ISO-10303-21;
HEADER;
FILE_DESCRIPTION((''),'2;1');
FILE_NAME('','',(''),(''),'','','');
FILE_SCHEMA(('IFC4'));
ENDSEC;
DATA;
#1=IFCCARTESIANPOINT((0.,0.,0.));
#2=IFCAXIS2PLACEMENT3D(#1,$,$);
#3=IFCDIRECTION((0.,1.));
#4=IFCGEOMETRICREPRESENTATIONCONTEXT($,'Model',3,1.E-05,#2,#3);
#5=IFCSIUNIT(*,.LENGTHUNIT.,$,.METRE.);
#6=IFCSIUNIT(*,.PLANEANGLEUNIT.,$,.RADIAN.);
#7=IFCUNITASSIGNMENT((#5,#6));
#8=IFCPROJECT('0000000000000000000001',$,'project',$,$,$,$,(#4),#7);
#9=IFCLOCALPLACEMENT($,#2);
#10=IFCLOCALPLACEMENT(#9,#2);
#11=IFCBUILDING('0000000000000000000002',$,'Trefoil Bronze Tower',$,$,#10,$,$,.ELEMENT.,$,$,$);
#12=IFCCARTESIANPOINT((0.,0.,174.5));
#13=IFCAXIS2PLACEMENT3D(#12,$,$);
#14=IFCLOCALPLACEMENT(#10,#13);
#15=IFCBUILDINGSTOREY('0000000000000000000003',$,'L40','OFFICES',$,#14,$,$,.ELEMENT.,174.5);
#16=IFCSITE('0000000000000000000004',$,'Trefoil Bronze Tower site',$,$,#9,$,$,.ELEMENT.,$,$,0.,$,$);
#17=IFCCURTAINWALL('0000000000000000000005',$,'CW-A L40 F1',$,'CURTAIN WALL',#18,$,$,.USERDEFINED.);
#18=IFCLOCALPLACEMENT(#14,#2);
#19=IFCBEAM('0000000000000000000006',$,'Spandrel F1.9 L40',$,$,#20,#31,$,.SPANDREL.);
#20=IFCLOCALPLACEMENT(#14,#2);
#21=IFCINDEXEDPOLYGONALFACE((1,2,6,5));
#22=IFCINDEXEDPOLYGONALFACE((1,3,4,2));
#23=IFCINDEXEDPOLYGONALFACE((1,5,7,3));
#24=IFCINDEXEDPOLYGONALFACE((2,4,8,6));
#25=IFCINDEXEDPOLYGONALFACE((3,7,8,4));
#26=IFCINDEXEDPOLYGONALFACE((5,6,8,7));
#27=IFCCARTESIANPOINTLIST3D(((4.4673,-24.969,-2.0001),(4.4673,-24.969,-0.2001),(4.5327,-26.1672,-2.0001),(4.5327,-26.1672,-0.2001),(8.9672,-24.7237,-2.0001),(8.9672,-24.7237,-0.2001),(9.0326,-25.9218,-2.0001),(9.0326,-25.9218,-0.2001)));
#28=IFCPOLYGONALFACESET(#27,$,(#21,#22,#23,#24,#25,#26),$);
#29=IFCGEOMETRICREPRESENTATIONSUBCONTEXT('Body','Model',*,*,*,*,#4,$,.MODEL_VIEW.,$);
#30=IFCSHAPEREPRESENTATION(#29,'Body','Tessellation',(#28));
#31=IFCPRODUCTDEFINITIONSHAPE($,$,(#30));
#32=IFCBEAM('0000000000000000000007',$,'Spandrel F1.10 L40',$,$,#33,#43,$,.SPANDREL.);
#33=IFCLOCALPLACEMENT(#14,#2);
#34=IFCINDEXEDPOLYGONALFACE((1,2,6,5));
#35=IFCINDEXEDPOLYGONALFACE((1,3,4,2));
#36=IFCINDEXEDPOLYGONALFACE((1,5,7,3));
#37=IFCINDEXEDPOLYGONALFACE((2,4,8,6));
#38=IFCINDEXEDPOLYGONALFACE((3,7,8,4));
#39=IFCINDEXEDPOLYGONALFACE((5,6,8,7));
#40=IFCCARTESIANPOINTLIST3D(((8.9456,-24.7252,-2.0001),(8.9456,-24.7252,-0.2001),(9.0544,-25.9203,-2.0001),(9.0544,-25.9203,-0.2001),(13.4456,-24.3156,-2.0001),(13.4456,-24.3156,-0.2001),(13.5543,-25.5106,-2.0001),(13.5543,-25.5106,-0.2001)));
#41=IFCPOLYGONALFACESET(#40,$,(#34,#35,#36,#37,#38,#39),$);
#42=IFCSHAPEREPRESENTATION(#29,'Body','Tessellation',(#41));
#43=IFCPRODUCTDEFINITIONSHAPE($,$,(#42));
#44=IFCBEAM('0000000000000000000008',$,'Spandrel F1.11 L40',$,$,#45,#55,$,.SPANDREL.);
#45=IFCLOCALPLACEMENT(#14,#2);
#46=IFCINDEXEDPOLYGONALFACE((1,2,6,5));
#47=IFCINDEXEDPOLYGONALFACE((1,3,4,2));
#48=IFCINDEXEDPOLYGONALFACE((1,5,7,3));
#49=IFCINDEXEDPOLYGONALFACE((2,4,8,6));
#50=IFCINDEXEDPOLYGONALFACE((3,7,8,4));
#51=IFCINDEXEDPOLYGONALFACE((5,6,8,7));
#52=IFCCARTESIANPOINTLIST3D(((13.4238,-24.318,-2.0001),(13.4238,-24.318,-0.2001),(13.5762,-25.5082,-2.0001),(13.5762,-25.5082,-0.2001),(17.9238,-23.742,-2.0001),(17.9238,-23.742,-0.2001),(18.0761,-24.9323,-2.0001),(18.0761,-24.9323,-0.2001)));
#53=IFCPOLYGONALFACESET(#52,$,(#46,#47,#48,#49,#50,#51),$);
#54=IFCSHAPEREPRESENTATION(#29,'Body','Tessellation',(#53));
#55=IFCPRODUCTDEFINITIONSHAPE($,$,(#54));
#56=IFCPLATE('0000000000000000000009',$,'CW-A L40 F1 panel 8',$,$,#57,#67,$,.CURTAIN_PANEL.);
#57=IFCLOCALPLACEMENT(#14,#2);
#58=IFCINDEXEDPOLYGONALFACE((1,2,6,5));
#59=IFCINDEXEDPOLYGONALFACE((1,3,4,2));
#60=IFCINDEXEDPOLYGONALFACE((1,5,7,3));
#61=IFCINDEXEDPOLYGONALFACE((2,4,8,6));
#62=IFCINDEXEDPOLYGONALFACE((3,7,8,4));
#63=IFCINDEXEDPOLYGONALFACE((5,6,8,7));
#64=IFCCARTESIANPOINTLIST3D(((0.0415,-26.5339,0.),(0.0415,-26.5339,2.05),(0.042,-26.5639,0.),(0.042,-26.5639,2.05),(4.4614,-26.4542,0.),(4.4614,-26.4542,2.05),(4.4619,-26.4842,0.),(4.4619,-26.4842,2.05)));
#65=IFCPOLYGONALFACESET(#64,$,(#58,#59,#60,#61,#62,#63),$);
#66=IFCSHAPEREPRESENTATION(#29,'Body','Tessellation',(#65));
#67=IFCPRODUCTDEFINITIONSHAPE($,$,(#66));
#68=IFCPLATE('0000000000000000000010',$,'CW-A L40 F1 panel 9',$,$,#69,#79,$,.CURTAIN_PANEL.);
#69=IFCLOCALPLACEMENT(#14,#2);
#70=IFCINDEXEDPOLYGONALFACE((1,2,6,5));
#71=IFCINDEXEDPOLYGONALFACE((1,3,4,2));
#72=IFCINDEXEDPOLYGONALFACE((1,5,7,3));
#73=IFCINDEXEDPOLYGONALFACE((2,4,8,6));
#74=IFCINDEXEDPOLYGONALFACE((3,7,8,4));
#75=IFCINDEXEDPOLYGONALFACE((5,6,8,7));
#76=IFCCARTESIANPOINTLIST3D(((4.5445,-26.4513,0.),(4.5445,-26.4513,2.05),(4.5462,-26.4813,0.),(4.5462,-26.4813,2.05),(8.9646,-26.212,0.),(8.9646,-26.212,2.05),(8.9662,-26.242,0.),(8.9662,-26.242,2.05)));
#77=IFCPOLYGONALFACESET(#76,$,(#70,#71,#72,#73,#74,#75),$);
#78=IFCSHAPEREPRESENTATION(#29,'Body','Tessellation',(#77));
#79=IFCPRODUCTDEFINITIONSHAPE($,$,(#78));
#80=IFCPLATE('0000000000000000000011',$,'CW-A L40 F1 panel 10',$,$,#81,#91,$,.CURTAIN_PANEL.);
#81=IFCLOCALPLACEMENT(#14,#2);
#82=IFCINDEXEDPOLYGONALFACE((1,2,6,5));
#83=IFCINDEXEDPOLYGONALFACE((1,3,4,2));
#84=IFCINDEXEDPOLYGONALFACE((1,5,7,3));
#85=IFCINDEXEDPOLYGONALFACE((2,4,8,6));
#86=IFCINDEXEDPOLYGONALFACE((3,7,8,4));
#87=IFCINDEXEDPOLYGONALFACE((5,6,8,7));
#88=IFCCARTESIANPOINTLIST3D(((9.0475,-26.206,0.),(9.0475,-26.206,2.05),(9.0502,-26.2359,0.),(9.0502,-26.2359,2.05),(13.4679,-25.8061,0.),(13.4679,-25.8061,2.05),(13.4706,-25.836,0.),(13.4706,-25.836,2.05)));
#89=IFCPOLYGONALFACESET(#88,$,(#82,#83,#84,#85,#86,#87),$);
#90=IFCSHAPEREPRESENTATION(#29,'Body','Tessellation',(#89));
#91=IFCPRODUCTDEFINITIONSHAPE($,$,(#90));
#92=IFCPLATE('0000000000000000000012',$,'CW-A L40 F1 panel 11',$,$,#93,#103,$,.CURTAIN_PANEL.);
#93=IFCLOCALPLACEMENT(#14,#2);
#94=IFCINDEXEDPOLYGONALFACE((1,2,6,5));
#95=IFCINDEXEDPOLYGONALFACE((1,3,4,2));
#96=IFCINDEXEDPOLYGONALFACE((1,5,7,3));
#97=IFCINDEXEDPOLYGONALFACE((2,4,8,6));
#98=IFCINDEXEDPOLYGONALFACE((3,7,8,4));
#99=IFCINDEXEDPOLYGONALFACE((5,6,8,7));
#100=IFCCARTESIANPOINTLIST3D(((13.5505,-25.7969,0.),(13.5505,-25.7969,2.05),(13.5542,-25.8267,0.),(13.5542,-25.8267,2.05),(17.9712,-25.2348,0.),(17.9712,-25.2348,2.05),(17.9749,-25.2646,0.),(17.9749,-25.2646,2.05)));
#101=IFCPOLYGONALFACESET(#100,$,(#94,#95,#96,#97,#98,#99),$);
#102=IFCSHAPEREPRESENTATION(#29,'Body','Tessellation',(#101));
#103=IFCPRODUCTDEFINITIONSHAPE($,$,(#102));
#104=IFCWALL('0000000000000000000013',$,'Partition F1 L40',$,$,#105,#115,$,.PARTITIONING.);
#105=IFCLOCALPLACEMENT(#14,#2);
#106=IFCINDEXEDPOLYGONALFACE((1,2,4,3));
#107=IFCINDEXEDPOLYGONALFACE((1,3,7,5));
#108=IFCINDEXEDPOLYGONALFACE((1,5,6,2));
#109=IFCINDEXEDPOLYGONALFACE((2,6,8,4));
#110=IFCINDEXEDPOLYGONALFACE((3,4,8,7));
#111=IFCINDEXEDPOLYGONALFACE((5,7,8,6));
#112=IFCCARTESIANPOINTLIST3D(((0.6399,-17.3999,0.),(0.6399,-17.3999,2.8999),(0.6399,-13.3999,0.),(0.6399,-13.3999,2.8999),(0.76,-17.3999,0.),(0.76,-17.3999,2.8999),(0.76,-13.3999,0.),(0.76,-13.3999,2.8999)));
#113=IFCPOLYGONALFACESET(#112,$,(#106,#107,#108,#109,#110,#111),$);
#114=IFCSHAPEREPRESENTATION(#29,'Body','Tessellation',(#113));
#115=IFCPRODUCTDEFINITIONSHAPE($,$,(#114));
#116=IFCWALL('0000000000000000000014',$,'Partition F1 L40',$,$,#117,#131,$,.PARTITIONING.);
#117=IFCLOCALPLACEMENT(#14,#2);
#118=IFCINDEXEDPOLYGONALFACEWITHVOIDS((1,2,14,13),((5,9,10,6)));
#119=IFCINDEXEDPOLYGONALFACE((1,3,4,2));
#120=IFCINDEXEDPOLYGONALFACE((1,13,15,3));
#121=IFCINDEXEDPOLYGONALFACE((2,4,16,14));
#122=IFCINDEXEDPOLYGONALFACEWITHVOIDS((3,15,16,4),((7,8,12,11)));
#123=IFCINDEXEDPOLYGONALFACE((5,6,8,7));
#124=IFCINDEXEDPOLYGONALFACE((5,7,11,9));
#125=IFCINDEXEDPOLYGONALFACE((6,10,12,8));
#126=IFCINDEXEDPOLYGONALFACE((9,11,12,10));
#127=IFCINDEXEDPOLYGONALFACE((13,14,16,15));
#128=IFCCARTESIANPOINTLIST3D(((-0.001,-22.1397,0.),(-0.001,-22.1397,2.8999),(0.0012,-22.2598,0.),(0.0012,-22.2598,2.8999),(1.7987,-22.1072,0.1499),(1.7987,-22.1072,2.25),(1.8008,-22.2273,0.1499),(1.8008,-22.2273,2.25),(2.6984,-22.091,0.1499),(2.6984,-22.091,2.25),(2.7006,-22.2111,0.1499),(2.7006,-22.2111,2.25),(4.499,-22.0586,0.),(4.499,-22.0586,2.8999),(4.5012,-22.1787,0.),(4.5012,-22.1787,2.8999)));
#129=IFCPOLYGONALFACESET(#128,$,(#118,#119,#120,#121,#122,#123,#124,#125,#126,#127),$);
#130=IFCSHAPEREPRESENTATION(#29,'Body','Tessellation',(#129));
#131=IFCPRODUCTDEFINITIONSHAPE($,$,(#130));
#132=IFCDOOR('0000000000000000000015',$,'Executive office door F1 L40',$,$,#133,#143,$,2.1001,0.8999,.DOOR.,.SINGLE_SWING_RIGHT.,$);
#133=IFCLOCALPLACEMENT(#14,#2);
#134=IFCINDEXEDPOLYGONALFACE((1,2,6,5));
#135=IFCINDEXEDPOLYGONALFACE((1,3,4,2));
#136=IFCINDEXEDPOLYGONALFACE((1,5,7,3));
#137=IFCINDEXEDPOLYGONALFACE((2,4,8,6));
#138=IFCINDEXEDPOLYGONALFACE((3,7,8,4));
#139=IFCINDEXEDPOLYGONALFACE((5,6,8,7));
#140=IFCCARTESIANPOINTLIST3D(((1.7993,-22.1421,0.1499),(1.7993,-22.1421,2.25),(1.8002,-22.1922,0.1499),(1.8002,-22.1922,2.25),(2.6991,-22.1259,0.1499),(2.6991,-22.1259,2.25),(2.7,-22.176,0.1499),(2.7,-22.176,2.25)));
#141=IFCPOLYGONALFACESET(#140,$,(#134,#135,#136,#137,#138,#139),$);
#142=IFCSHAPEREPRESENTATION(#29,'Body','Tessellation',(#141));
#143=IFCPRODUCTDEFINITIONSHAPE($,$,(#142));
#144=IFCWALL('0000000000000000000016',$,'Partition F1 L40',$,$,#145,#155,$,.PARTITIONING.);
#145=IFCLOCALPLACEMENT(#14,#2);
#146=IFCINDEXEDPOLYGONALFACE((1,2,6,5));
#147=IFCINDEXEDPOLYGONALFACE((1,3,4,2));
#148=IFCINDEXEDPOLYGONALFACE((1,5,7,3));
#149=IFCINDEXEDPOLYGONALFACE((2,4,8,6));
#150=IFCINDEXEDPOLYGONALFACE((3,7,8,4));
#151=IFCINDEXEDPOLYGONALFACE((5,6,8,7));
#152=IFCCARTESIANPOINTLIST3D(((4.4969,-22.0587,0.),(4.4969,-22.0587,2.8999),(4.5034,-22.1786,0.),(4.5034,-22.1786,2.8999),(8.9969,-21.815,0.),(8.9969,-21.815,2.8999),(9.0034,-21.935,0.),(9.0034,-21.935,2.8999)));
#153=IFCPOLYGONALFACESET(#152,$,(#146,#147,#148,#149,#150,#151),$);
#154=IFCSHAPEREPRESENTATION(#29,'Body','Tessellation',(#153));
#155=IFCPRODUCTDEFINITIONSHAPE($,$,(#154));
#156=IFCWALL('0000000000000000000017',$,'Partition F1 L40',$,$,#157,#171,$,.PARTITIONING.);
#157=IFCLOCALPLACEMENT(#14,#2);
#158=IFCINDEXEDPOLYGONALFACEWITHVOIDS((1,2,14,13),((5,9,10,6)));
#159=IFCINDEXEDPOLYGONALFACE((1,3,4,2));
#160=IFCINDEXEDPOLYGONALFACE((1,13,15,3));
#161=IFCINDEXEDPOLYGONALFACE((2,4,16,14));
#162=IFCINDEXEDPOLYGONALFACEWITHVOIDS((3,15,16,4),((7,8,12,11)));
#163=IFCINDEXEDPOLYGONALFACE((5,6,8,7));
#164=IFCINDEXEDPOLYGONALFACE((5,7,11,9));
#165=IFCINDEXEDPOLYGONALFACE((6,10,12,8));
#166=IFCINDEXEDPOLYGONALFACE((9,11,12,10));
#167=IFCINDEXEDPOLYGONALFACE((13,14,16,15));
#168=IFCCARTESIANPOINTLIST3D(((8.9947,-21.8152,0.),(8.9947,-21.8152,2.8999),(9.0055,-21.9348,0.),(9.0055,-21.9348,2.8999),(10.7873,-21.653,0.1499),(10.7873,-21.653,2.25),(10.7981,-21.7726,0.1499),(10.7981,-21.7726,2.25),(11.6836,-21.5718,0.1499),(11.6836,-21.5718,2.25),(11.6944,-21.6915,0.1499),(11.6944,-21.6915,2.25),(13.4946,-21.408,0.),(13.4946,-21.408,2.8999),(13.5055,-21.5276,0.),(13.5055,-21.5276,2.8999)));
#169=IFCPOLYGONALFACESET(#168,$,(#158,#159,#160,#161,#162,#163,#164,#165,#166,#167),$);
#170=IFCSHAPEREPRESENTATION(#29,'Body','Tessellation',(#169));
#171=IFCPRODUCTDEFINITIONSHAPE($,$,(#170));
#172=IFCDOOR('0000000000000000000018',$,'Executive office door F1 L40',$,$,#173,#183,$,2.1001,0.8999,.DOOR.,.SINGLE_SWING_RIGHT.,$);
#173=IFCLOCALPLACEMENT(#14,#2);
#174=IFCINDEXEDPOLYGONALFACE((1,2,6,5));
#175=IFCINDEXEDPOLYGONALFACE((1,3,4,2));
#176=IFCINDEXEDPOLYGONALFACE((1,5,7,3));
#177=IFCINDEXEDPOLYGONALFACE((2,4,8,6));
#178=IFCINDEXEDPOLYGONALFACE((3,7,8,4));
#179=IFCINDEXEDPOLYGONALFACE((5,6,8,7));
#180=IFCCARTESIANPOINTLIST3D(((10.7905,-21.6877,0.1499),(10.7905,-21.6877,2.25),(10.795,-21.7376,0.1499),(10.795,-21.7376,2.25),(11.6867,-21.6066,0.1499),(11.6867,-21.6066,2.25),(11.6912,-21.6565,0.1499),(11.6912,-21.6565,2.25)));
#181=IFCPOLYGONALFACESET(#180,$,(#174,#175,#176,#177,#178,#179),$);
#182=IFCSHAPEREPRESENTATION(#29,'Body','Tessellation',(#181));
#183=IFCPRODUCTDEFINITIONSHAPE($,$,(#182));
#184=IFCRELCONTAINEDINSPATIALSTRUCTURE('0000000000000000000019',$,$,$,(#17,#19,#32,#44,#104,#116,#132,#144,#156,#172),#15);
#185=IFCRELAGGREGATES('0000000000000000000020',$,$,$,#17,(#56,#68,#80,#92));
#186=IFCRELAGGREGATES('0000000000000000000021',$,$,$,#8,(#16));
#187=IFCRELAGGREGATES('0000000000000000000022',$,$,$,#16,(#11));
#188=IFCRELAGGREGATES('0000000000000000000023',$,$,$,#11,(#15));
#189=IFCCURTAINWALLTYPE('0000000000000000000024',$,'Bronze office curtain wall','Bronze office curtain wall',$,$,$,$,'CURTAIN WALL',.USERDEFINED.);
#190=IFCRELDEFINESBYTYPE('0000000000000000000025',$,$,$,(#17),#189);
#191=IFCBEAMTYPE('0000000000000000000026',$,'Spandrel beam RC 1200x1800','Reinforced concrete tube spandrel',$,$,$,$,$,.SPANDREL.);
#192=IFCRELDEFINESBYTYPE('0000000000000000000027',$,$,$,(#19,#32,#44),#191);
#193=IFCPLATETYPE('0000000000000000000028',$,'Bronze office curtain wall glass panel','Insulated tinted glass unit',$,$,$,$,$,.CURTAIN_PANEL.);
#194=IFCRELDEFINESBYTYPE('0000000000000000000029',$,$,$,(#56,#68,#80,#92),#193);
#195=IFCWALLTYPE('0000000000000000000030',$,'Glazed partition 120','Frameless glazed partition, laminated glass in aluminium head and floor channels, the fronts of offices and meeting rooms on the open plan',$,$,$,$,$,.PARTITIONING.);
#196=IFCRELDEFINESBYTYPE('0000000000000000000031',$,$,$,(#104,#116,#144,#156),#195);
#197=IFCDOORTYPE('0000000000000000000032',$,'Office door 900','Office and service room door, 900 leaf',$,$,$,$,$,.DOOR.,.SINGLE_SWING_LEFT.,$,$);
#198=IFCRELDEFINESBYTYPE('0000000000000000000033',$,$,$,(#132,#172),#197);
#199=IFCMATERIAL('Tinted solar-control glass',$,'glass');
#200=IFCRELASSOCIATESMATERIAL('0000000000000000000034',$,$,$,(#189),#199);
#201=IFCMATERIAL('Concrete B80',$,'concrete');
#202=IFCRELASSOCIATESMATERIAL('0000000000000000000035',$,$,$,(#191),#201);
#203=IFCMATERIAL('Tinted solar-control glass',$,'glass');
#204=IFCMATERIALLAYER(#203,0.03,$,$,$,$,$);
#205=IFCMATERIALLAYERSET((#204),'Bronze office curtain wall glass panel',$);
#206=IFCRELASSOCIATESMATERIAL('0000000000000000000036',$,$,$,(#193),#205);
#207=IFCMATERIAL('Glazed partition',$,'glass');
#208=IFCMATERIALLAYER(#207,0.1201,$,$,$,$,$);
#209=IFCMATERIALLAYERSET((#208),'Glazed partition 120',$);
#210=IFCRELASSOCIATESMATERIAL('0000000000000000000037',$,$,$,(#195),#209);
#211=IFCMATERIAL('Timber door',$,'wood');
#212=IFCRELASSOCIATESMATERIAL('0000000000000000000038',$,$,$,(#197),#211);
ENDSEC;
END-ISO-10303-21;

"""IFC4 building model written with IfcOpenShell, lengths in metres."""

from ifc_helpers import new_model, si_unit, direction, frame, frame_2d, origin, origin_2d, place, context, subcontext, project, spatial, rectangle, extrude, material, layer, layer_set, material_profile, profile_set, type_object, element, fill, aggregate, save


model = new_model("IFC4")

# Units and contexts
model_context = context("Model", 3, precision=1e-05, world=origin(), true_north=direction((0.0, 1.0)))
body_context = subcontext(model_context, "Body", "Model", "MODEL_VIEW")
ifc_project = project(units=[si_unit("LENGTHUNIT", "METRE"), si_unit("PLANEANGLEUNIT", "RADIAN")], contexts=[model_context])

# Site, building, storey
site_placement = place(None, origin())
site = spatial("IfcSite", under=ifc_project, at=site_placement, Name="Trefoil Bronze Tower site", CompositionType="ELEMENT", RefElevation=0.0)
building_placement = place(site_placement, origin())
building = spatial("IfcBuilding", under=site, at=building_placement, Name="Trefoil Bronze Tower", CompositionType="ELEMENT")
storey_placement = place(building_placement, frame((0.0, 0.0, 174.5)))
storey = spatial("IfcBuildingStorey", under=building, at=storey_placement, Name="L40", Description="OFFICES", CompositionType="ELEMENT", Elevation=174.5)

# Curtain wall
ifc_material_1 = material(Name="Tinted solar-control glass", Category="glass")
curtain_wall_type = type_object("IfcCurtainWallType", Name="Bronze office curtain wall", Description="Bronze office curtain wall", ElementType="CURTAIN WALL", PredefinedType="USERDEFINED", material=ifc_material_1)
curtain_wall_placement = place(storey_placement, origin())
curtain_wall = element("IfcCurtainWall", 1, at=curtain_wall_placement, inside=storey, type_object=curtain_wall_type, Name="CW-A L40 F1", ObjectType="CURTAIN WALL", PredefinedType="USERDEFINED")

# Beams
ifc_material_2 = material(Name="Concrete B80", Category="concrete")
ifc_material_profile_1 = material_profile(ifc_material_2, rectangle(XDim=1.2, YDim=1.8, at=origin_2d()), Name="RC 1200x1800")
ifc_profile_set_1 = profile_set([ifc_material_profile_1], Name="Concrete B80")
beam_type_1 = type_object("IfcBeamType", Name="Spandrel beam RC 1200x1800", Description="Reinforced concrete tube spandrel", PredefinedType="SPANDREL", material=ifc_profile_set_1)
beam_1_placement = place(storey_placement, frame((4.5, -25.5681, -1.1001), z_axis=(0.998517, 0.054444, 0.0), x_axis=(-0.054444, 0.998517, 0.0)))
element("IfcBeam", 2, at=beam_1_placement, inside=storey, type_object=beam_type_1, Name="Spandrel F1.9 L40", PredefinedType="SPANDREL", context=body_context, shape_type="SweptSolid", body=[
    extrude(rectangle(XDim=1.2, YDim=1.8, at=origin_2d()), origin(), (0.0, 0.0, 1.0), 4.5066),
])
beam_2_placement = place(storey_placement, frame((9.0, -25.3228, -1.1001), z_axis=(0.995882, 0.090662, 0.0), x_axis=(-0.090662, 0.995882, 0.0)))
element("IfcBeam", 3, at=beam_2_placement, inside=storey, type_object=beam_type_1, Name="Spandrel F1.10 L40", PredefinedType="SPANDREL", context=body_context, shape_type="SweptSolid", body=[
    extrude(rectangle(XDim=1.2, YDim=1.8, at=origin_2d()), origin(), (0.0, 0.0, 1.0), 4.5186),
])
beam_3_placement = place(storey_placement, frame((13.5, -24.9131, -1.1001), z_axis=(0.991909, 0.126948, 0.0), x_axis=(-0.126948, 0.991909, 0.0)))
element("IfcBeam", 4, at=beam_3_placement, inside=storey, type_object=beam_type_1, Name="Spandrel F1.11 L40", PredefinedType="SPANDREL", context=body_context, shape_type="SweptSolid", body=[
    extrude(rectangle(XDim=1.2, YDim=1.8, at=origin_2d()), origin(), (0.0, 0.0, 1.0), 4.5366),
])

# Plates
ifc_material_3 = material(Name="Tinted solar-control glass", Category="glass")
ifc_layer_1 = layer(ifc_material_3, 0.03)
ifc_layer_set_1 = layer_set([ifc_layer_1], Name="Bronze office curtain wall glass panel")
plate_type = type_object("IfcPlateType", Name="Bronze office curtain wall glass panel", Description="Insulated tinted glass unit", PredefinedType="CURTAIN_PANEL", material=ifc_layer_set_1)
plate_1_placement = place(storey_placement, frame((2.2517, -26.509, 0.0), z_axis=(0.0, 0.0, 1.0), x_axis=(0.999838, 0.018021, 0.0)))
plate_1 = element("IfcPlate", 5, at=plate_1_placement, type_object=plate_type, Name="CW-A L40 F1 panel 8", PredefinedType="CURTAIN_PANEL", context=body_context, shape_type="SweptSolid", body=[
    extrude(rectangle(XDim=4.4207, YDim=0.03, at=origin_2d()), origin(), (0.0, 0.0, 1.0), 2.05),
])
plate_2_placement = place(storey_placement, frame((6.7554, -26.3467, 0.0), z_axis=(0.0, 0.0, 1.0), x_axis=(0.998538, 0.054063, 0.0)))
plate_2 = element("IfcPlate", 6, at=plate_2_placement, type_object=plate_type, Name="CW-A L40 F1 panel 9", PredefinedType="CURTAIN_PANEL", context=body_context, shape_type="SweptSolid", body=[
    extrude(rectangle(XDim=4.4265, YDim=0.03, at=origin_2d()), origin(), (0.0, 0.0, 1.0), 2.05),
])
plate_3_placement = place(storey_placement, frame((11.259, -26.021, 0.0), z_axis=(0.0, 0.0, 1.0), x_axis=(0.995932, 0.090105, 0.0)))
plate_3 = element("IfcPlate", 7, at=plate_3_placement, type_object=plate_type, Name="CW-A L40 F1 panel 10", PredefinedType="CURTAIN_PANEL", context=body_context, shape_type="SweptSolid", body=[
    extrude(rectangle(XDim=4.4385, YDim=0.03, at=origin_2d()), origin(), (0.0, 0.0, 1.0), 2.05),
])
plate_4_placement = place(storey_placement, frame((15.7627, -25.5308, 0.0), z_axis=(0.0, 0.0, 1.0), x_axis=(0.992012, 0.126147, 0.0)))
plate_4 = element("IfcPlate", 8, at=plate_4_placement, type_object=plate_type, Name="CW-A L40 F1 panel 11", PredefinedType="CURTAIN_PANEL", context=body_context, shape_type="SweptSolid", body=[
    extrude(rectangle(XDim=4.4563, YDim=0.03, at=origin_2d()), origin(), (0.0, 0.0, 1.0), 2.05),
])
aggregate(curtain_wall, [plate_1, plate_2, plate_3, plate_4])

# Wall
ifc_material_4 = material(Name="Glazed partition", Category="glass")
ifc_layer_2 = layer(ifc_material_4, 0.1201)
ifc_layer_set_2 = layer_set([ifc_layer_2], Name="Glazed partition 120")
wall_type = type_object("IfcWallType", Name="Glazed partition 120", Description="Frameless glazed partition, laminated glass in aluminium head and floor channels, the fronts of offices and meeting rooms on the open plan", PredefinedType="PARTITIONING", material=ifc_layer_set_2)
wall_1_placement = place(storey_placement, frame((0.7, -13.3999, 0.0), z_axis=(0.0, 0.0, 1.0), x_axis=(0.0, -1.0, 0.0)))
element("IfcWall", 9, at=wall_1_placement, inside=storey, type_object=wall_type, Name="Partition F1 L40", PredefinedType="PARTITIONING", context=body_context, shape_type="SweptSolid", body=[
    extrude(rectangle(XDim=4.0, YDim=0.1201, at=frame_2d((2.0, 0.0))), origin(), (0.0, 0.0, 1.0), 2.8999),
])

# Wall, opening, door
wall_2_placement = place(storey_placement, frame((0.0, -22.1997, 0.0), z_axis=(0.0, 0.0, 1.0), x_axis=(0.999838, 0.018009, 0.0)))
wall_2 = element("IfcWall", 10, at=wall_2_placement, inside=storey, type_object=wall_type, Name="Partition F1 L40", PredefinedType="PARTITIONING", context=body_context, shape_type="SweptSolid", body=[
    extrude(rectangle(XDim=4.5007, YDim=0.1201, at=frame_2d((2.2505, 0.0))), origin(), (0.0, 0.0, 1.0), 2.8999),
])
opening_1_placement = place(wall_2_placement, frame((1.8, 0.0, 0.1499)))
opening_1 = element("IfcOpeningElement", 11, at=opening_1_placement, cuts=wall_2, PredefinedType="OPENING", context=body_context, shape_type="SweptSolid", body=[
    extrude(rectangle(XDim=0.8999, YDim=2.1001, at=frame_2d((0.45, 1.05))), frame((0.0, 0.0701, 0.0), z_axis=(0.0, -1.0, 0.0), x_axis=(1.0, 0.0, 0.0)), (0.0, 0.0, 1.0), 0.1401),
])
ifc_material_5 = material(Name="Timber door", Category="wood")
door_type = type_object("IfcDoorType", Name="Office door 900", Description="Office and service room door, 900 leaf", OperationType="SINGLE_SWING_LEFT", PredefinedType="DOOR", material=ifc_material_5)
door_1_placement = place(opening_1_placement, frame((0.8999, 0.0, 0.0), z_axis=(0.0, 0.0, 1.0), x_axis=(-1.0, 0.0, 0.0)))
door_1 = element("IfcDoor", 12, at=door_1_placement, inside=storey, type_object=door_type, Name="Executive office door F1 L40", OperationType="SINGLE_SWING_RIGHT", OverallHeight=2.1001, OverallWidth=0.8999, PredefinedType="DOOR", context=body_context, shape_type="SweptSolid", body=[
    extrude(rectangle(XDim=0.8999, YDim=2.1001, at=frame_2d((0.45, 1.05))), frame((0.0, 0.0249, 0.0), z_axis=(0.0, -1.0, 0.0), x_axis=(1.0, 0.0, 0.0)), (0.0, 0.0, 1.0), 0.05),
])
fill(opening_1, door_1)

# Wall
wall_3_placement = place(storey_placement, frame((4.5, -22.1187, 0.0), z_axis=(0.0, 0.0, 1.0), x_axis=(0.998537, 0.054066, 0.0)))
element("IfcWall", 13, at=wall_3_placement, inside=storey, type_object=wall_type, Name="Partition F1 L40", PredefinedType="PARTITIONING", context=body_context, shape_type="SweptSolid", body=[
    extrude(rectangle(XDim=4.5066, YDim=0.1201, at=frame_2d((2.2534, 0.0))), origin(), (0.0, 0.0, 1.0), 2.8999),
])

# Wall, opening, door
wall_4_placement = place(storey_placement, frame((9.0, -21.875, 0.0), z_axis=(0.0, 0.0, 1.0), x_axis=(0.99593, 0.090127, 0.0)))
wall_4 = element("IfcWall", 14, at=wall_4_placement, inside=storey, type_object=wall_type, Name="Partition F1 L40", PredefinedType="PARTITIONING", context=body_context, shape_type="SweptSolid", body=[
    extrude(rectangle(XDim=4.5183, YDim=0.1201, at=frame_2d((2.2593, 0.0))), origin(), (0.0, 0.0, 1.0), 2.8999),
])
opening_2_placement = place(wall_4_placement, frame((1.8, 0.0, 0.1499)))
opening_2 = element("IfcOpeningElement", 15, at=opening_2_placement, cuts=wall_4, PredefinedType="OPENING", context=body_context, shape_type="SweptSolid", body=[
    extrude(rectangle(XDim=0.8999, YDim=2.1001, at=frame_2d((0.45, 1.05))), frame((0.0, 0.0701, 0.0), z_axis=(0.0, -1.0, 0.0), x_axis=(1.0, 0.0, 0.0)), (0.0, 0.0, 1.0), 0.1401),
])
door_2_placement = place(opening_2_placement, frame((0.8999, 0.0, 0.0), z_axis=(0.0, 0.0, 1.0), x_axis=(-1.0, 0.0, 0.0)))
door_2 = element("IfcDoor", 16, at=door_2_placement, inside=storey, type_object=door_type, Name="Executive office door F1 L40", OperationType="SINGLE_SWING_RIGHT", OverallHeight=2.1001, OverallWidth=0.8999, PredefinedType="DOOR", context=body_context, shape_type="SweptSolid", body=[
    extrude(rectangle(XDim=0.8999, YDim=2.1001, at=frame_2d((0.45, 1.05))), frame((0.0, 0.0249, 0.0), z_axis=(0.0, -1.0, 0.0), x_axis=(1.0, 0.0, 0.0)), (0.0, 0.0, 1.0), 0.05),
])
fill(opening_2, door_2)

save(model, "model.ifc")
